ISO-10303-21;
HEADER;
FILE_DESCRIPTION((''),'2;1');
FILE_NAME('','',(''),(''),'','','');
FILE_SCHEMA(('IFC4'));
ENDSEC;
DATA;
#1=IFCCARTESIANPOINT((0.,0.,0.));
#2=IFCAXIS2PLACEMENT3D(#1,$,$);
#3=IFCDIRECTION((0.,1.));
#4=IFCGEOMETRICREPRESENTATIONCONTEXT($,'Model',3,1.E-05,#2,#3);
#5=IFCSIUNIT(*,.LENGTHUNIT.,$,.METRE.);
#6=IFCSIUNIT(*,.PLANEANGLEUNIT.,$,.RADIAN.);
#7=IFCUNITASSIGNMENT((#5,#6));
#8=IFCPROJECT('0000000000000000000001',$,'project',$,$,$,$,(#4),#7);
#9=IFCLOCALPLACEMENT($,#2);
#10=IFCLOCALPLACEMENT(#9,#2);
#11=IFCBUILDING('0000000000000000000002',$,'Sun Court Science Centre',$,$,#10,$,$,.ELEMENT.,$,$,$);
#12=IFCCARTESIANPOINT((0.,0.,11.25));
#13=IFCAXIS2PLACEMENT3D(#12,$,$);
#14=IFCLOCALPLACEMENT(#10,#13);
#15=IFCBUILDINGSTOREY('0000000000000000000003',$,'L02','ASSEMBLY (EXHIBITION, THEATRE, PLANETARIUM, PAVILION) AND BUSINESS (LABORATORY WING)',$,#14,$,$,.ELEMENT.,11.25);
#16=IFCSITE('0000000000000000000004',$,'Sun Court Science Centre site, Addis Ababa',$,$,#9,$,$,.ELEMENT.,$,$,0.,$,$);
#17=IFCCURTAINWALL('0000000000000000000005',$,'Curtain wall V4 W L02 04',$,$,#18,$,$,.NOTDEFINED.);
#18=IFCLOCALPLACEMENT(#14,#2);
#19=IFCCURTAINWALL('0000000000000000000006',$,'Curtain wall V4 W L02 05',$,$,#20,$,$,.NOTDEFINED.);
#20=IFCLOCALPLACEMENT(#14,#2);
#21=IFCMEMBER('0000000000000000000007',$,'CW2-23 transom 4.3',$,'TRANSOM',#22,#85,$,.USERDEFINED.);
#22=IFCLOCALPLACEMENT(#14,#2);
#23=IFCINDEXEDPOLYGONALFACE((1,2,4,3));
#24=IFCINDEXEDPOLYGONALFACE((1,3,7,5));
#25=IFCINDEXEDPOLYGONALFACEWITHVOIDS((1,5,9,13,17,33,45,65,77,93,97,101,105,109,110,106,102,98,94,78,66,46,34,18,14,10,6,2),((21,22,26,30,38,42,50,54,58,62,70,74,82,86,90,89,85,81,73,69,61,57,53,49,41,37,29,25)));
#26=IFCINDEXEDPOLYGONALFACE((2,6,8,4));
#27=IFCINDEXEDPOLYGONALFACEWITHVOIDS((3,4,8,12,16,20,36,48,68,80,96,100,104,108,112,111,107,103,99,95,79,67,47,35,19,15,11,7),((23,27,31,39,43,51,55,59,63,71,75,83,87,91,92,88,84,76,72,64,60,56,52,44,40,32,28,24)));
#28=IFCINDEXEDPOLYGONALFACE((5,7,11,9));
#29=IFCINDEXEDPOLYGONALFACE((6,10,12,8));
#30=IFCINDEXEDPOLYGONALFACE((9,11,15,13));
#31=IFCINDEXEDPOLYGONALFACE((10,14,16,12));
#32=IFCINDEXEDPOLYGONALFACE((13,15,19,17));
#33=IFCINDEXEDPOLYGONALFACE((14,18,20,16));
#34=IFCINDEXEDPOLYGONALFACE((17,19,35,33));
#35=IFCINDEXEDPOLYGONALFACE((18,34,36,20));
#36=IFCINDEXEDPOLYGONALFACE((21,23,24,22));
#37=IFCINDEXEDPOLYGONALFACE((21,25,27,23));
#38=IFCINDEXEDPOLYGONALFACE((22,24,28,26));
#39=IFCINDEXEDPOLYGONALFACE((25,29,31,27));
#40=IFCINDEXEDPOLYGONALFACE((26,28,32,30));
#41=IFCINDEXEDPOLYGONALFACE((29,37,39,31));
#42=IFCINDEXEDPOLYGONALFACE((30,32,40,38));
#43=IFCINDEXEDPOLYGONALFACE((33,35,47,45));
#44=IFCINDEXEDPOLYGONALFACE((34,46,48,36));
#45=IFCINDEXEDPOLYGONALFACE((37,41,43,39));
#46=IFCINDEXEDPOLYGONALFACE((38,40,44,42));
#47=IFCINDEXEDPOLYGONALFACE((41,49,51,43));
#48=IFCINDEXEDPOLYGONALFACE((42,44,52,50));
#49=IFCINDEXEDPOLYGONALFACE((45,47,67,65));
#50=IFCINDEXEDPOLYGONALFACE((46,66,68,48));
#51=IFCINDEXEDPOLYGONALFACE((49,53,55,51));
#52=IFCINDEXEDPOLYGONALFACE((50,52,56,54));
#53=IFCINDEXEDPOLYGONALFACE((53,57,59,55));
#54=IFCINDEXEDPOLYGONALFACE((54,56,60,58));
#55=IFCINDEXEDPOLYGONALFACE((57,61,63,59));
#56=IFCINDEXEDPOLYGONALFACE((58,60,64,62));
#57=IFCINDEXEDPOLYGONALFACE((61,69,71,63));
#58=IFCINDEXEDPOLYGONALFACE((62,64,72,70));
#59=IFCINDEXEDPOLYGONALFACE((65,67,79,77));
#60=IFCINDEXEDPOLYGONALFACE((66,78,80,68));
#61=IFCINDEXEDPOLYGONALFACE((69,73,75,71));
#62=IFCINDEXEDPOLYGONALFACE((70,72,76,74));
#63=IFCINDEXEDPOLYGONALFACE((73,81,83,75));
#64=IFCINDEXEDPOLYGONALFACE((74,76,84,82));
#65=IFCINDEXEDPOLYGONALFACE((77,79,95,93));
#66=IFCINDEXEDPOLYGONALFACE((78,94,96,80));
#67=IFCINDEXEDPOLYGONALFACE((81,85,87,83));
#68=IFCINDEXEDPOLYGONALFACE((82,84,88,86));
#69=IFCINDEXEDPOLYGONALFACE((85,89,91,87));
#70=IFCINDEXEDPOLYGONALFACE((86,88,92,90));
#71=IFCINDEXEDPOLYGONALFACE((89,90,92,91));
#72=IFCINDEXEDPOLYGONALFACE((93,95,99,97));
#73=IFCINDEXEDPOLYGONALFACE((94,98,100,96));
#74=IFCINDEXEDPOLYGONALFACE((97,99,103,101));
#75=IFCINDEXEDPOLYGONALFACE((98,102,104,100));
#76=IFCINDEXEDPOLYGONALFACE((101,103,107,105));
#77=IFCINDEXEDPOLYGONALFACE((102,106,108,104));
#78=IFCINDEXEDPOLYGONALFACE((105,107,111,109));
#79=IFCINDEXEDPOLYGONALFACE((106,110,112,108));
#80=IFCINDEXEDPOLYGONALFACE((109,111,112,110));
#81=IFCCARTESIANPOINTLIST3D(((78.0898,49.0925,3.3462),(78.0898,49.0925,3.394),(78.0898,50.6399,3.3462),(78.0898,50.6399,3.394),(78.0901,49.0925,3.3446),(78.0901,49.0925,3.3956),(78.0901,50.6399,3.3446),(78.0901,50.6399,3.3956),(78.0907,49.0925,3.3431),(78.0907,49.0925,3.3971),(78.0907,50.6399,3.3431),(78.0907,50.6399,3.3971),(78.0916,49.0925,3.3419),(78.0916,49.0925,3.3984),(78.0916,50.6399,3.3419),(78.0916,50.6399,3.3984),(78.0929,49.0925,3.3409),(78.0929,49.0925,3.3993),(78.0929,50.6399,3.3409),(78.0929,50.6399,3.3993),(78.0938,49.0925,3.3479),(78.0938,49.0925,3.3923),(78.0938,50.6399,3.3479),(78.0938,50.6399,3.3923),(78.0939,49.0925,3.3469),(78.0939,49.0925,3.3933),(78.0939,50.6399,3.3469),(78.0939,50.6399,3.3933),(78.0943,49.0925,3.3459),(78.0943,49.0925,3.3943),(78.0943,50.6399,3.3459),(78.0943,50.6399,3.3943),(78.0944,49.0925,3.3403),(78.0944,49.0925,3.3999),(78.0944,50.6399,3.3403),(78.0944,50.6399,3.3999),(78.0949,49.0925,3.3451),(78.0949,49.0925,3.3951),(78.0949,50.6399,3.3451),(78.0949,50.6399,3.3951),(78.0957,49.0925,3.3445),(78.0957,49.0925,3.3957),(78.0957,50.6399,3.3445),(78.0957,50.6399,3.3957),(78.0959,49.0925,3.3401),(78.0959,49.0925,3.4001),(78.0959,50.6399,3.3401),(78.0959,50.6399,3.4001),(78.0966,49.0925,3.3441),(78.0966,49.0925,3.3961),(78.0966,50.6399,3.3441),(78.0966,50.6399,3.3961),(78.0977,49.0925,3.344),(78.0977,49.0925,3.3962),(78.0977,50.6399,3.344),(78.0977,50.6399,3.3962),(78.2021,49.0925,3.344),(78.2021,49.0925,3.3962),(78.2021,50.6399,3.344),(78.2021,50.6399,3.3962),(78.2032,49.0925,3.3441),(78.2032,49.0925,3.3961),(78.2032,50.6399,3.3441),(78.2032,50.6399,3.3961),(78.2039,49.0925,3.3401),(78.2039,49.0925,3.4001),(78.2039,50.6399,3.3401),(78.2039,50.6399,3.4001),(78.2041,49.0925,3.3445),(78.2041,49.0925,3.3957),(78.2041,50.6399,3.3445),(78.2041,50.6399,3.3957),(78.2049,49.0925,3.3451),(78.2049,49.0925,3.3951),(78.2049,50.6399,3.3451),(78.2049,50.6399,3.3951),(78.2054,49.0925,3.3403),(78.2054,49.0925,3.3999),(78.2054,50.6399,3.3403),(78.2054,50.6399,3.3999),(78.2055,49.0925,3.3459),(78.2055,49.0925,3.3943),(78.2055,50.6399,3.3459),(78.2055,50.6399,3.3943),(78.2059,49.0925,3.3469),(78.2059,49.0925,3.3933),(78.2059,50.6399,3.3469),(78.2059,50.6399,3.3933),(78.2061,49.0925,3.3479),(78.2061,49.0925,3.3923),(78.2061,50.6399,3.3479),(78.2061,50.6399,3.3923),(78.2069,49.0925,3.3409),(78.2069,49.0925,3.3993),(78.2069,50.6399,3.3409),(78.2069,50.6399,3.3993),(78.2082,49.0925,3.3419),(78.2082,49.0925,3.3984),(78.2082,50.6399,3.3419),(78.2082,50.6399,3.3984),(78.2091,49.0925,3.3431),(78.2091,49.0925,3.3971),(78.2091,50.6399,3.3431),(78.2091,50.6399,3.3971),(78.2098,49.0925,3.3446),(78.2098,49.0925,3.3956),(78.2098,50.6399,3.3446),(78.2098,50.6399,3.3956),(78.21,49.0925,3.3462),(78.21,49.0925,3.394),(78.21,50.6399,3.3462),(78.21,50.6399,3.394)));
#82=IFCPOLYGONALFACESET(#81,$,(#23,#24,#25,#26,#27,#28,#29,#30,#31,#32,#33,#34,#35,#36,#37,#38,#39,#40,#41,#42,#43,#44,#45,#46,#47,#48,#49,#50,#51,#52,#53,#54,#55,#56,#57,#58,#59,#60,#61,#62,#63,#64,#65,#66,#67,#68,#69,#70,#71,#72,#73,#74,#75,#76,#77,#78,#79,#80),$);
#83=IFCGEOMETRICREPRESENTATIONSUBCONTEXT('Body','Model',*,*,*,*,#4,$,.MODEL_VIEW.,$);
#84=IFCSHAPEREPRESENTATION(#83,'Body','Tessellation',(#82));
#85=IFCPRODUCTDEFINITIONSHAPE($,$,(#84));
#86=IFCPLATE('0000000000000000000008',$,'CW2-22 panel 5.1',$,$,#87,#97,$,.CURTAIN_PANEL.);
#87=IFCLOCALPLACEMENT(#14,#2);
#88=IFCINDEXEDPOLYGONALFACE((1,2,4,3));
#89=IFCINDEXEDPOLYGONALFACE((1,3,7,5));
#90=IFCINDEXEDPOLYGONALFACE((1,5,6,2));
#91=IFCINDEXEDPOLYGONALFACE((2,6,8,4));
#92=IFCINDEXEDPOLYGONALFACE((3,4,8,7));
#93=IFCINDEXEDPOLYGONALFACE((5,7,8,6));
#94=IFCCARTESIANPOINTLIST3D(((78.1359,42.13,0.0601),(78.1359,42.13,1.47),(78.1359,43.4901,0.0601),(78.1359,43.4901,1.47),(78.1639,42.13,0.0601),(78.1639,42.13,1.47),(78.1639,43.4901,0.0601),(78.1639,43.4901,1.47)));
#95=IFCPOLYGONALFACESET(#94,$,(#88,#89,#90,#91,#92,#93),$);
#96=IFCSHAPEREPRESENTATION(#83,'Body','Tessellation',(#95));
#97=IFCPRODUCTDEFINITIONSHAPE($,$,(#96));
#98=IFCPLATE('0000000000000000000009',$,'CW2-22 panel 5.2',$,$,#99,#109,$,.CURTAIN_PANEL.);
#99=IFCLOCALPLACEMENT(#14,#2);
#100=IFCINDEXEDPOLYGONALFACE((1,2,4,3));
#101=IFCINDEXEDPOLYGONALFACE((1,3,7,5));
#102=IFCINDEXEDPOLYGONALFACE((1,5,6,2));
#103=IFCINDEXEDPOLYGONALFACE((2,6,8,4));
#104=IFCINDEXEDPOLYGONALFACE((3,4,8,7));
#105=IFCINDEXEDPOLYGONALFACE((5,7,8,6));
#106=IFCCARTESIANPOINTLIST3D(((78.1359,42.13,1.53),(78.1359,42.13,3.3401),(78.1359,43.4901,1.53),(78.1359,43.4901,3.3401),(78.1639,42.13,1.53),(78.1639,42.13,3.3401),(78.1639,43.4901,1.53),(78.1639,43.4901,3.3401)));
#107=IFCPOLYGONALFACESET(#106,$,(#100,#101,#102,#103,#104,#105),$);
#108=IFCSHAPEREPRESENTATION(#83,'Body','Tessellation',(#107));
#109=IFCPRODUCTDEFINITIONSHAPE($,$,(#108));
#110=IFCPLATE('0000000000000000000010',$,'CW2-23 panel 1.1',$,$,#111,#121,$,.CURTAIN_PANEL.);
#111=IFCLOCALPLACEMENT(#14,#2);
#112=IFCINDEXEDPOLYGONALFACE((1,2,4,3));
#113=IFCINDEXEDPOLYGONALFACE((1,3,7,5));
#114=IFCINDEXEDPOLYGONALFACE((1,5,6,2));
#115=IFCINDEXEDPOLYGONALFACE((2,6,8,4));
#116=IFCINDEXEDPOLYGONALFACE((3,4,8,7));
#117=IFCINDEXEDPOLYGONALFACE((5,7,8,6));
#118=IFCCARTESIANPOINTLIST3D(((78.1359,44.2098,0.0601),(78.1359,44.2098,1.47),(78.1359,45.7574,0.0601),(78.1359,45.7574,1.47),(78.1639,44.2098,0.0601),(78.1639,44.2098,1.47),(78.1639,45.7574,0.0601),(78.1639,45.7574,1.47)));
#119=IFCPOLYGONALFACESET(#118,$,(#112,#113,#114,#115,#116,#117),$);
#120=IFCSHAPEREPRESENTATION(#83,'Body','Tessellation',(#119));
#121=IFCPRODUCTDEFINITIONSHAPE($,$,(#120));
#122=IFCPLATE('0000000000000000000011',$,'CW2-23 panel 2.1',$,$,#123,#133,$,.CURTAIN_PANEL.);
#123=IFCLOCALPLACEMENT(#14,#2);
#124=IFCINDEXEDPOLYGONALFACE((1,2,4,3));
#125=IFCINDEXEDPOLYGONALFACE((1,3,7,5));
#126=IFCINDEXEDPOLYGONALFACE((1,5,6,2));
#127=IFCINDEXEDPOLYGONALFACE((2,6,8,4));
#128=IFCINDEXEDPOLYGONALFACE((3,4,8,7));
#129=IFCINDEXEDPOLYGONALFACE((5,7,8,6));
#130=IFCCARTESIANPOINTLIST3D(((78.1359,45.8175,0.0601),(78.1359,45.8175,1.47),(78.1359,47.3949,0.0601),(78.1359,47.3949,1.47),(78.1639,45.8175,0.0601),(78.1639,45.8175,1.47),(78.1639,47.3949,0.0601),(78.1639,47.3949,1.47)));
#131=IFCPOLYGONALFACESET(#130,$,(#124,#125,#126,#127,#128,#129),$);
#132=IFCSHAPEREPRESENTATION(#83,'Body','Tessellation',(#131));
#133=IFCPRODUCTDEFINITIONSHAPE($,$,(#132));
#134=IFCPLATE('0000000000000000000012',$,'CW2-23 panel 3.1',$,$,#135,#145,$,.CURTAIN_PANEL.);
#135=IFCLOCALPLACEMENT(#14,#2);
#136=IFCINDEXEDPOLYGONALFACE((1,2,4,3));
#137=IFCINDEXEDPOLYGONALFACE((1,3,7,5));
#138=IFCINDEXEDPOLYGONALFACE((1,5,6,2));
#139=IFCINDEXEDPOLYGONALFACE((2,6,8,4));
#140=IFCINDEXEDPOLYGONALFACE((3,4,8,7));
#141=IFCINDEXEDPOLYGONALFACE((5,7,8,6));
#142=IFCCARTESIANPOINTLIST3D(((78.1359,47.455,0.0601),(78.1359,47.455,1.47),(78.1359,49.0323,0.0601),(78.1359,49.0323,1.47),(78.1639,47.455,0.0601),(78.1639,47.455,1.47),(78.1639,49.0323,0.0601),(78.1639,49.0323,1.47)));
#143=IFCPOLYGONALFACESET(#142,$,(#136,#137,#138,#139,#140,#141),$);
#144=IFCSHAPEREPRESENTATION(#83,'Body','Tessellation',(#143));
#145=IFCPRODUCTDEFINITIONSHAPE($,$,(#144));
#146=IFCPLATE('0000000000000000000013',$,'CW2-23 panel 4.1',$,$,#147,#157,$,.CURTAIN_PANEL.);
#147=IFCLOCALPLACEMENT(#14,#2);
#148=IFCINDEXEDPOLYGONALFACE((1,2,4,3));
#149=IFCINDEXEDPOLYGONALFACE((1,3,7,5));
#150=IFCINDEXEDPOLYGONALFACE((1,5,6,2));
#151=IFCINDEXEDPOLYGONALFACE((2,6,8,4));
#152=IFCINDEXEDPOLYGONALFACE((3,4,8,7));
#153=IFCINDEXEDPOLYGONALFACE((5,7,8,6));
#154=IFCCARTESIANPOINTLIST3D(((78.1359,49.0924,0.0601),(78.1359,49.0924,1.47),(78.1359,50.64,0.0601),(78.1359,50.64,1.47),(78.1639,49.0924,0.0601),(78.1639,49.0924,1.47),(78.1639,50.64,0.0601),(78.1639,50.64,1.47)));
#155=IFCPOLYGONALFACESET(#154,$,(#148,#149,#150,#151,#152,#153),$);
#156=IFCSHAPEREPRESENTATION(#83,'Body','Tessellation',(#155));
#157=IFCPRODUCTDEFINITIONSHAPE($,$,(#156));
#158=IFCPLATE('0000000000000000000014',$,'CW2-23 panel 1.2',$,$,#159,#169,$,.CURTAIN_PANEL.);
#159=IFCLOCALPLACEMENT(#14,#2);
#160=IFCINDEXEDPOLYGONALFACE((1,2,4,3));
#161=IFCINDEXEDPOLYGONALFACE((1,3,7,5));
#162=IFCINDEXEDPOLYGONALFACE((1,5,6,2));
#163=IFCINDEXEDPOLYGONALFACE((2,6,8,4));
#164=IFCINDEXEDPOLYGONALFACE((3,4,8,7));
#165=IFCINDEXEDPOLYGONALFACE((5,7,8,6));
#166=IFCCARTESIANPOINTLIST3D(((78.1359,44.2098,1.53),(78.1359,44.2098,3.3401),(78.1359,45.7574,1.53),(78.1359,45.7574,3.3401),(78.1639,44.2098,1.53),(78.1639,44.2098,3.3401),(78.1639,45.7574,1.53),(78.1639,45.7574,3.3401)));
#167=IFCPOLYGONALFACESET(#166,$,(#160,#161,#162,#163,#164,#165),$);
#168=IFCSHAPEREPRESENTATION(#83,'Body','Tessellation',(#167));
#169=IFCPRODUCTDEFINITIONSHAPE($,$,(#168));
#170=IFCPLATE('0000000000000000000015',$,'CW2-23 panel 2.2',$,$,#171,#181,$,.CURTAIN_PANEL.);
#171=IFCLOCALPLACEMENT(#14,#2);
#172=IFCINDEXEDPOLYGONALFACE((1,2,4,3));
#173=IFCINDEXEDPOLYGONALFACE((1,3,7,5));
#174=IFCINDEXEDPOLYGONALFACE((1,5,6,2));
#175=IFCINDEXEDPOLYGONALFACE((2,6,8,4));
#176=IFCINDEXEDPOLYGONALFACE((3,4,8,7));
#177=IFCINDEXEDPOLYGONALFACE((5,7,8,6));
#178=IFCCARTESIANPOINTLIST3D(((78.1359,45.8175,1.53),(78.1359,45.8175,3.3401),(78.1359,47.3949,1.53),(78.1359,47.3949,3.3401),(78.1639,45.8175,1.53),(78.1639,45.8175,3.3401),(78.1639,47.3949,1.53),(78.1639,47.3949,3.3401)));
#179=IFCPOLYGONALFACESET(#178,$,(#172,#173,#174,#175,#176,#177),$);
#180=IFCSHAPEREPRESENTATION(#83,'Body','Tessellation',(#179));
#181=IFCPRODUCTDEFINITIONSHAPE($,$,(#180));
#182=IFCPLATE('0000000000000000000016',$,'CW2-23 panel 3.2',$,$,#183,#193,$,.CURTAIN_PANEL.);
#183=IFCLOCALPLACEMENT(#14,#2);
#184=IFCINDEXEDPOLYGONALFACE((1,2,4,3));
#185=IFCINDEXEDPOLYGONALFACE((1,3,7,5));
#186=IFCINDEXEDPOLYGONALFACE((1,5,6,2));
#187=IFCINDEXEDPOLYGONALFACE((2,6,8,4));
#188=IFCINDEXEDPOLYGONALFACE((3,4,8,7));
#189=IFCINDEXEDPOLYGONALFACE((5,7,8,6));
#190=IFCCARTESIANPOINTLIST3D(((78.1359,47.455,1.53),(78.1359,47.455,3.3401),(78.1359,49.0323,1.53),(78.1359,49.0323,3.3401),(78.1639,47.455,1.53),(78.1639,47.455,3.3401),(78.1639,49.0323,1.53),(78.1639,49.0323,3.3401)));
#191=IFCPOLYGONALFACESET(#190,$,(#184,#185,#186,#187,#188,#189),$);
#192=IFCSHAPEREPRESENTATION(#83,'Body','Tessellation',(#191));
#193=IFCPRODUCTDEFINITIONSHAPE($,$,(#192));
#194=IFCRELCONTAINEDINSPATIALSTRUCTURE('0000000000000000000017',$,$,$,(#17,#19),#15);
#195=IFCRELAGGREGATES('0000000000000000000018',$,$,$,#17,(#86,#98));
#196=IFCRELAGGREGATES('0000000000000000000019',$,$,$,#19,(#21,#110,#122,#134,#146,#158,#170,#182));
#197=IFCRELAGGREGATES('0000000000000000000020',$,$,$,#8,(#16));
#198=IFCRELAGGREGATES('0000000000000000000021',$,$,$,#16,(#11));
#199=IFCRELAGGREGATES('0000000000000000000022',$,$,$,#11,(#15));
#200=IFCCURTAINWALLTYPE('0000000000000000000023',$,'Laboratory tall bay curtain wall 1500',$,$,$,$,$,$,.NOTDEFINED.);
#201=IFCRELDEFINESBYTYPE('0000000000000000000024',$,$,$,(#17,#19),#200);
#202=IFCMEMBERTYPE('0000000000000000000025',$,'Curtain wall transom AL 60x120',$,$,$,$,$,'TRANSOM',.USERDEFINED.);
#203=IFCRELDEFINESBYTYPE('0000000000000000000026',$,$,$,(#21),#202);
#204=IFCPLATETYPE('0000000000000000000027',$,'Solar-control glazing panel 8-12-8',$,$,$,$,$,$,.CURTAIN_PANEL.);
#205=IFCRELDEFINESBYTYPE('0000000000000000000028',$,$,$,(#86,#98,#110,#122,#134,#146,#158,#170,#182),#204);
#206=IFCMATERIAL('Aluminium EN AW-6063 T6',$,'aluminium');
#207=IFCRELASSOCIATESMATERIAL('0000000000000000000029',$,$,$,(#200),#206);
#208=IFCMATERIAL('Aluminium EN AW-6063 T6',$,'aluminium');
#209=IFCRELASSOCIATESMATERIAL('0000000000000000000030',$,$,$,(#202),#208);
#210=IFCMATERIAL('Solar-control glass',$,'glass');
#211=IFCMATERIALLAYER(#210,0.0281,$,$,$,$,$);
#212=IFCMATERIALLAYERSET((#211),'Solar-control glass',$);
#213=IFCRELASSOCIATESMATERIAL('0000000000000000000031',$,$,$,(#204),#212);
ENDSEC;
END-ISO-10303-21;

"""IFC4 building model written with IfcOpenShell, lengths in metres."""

from ifc_helpers import new_model, si_unit, direction, frame, origin, origin_2d, place, context, subcontext, project, spatial, rectangle, hollow_rectangle, extrude, material, layer, layer_set, material_profile, profile_set, type_object, element, aggregate, save


model = new_model("IFC4")

# Units and contexts
model_context = context("Model", 3, precision=1e-05, world=origin(), true_north=direction((0.0, 1.0)))
body_context = subcontext(model_context, "Body", "Model", "MODEL_VIEW")
ifc_project = project(units=[si_unit("LENGTHUNIT", "METRE"), si_unit("PLANEANGLEUNIT", "RADIAN")], contexts=[model_context])

# Site, building, storey
site_placement = place(None, origin())
site = spatial("IfcSite", under=ifc_project, at=site_placement, Name="Sun Court Science Centre site, Addis Ababa", CompositionType="ELEMENT", RefElevation=0.0)
building_placement = place(site_placement, origin())
building = spatial("IfcBuilding", under=site, at=building_placement, Name="Sun Court Science Centre", CompositionType="ELEMENT")
storey_placement = place(building_placement, frame((0.0, 0.0, 11.25)))
storey = spatial("IfcBuildingStorey", under=building, at=storey_placement, Name="L02", Description="ASSEMBLY (EXHIBITION, THEATRE, PLANETARIUM, PAVILION) AND BUSINESS (LABORATORY WING)", CompositionType="ELEMENT", Elevation=11.25)

# Curtain wall
ifc_material_1 = material(Name="Aluminium EN AW-6063 T6", Category="aluminium")
curtain_wall_type = type_object("IfcCurtainWallType", Name="Laboratory tall bay curtain wall 1500", PredefinedType="NOTDEFINED", material=ifc_material_1)
curtain_wall_1_placement = place(storey_placement, origin())
curtain_wall_1 = element("IfcCurtainWall", 1, at=curtain_wall_1_placement, inside=storey, type_object=curtain_wall_type, Name="Curtain wall V4 W L02 04", PredefinedType="NOTDEFINED")

# Curtain wall, member
curtain_wall_2_placement = place(storey_placement, origin())
curtain_wall_2 = element("IfcCurtainWall", 2, at=curtain_wall_2_placement, inside=storey, type_object=curtain_wall_type, Name="Curtain wall V4 W L02 05", PredefinedType="NOTDEFINED")
ifc_material_2 = material(Name="Aluminium EN AW-6063 T6", Category="aluminium")
ifc_material_profile_1 = material_profile(ifc_material_2, hollow_rectangle(XDim=0.0601, YDim=0.1201, WallThickness=0.0039, InnerFilletRadius=0.0039, OuterFilletRadius=0.0061, at=origin_2d()), Name="AL 60x120x4")
ifc_profile_set_1 = profile_set([ifc_material_profile_1], Name="Aluminium EN AW-6063 T6")
member_type_1 = type_object("IfcMemberType", Name="Curtain wall transom AL 60x120", ElementType="TRANSOM", PredefinedType="USERDEFINED", material=ifc_profile_set_1)
member_1_placement = place(storey_placement, frame((78.1499, 49.0925, 3.3701), z_axis=(0.0, 1.0, 0.0), x_axis=(0.0, 0.0, 1.0)))
member_1 = element("IfcMember", 3, at=member_1_placement, type_object=member_type_1, Name="CW2-23 transom 4.3", ObjectType="TRANSOM", PredefinedType="USERDEFINED", context=body_context, shape_type="SweptSolid", body=[
    extrude(hollow_rectangle(XDim=0.0601, YDim=0.1201, WallThickness=0.0039, InnerFilletRadius=0.0039, OuterFilletRadius=0.0061, at=origin_2d()), origin(), (0.0, 0.0, 1.0), 1.5474),
])

# Plates
ifc_material_3 = material(Name="Solar-control glass", Category="glass")
ifc_layer_1 = layer(ifc_material_3, 0.0281)
ifc_layer_set_1 = layer_set([ifc_layer_1], Name="Solar-control glass")
plate_type = type_object("IfcPlateType", Name="Solar-control glazing panel 8-12-8", PredefinedType="CURTAIN_PANEL", material=ifc_layer_set_1)
plate_1_placement = place(storey_placement, frame((78.1499, 42.8101, 0.0601), z_axis=(0.0, 0.0, 1.0), x_axis=(0.0, 1.0, 0.0)))
plate_1 = element("IfcPlate", 4, at=plate_1_placement, type_object=plate_type, Name="CW2-22 panel 5.1", PredefinedType="CURTAIN_PANEL", context=body_context, shape_type="SweptSolid", body=[
    extrude(rectangle(XDim=1.3601, YDim=0.0281, at=origin_2d()), origin(), (0.0, 0.0, 1.0), 1.4099),
])
plate_2_placement = place(storey_placement, frame((78.1499, 42.8101, 1.53), z_axis=(0.0, 0.0, 1.0), x_axis=(0.0, 1.0, 0.0)))
plate_2 = element("IfcPlate", 5, at=plate_2_placement, type_object=plate_type, Name="CW2-22 panel 5.2", PredefinedType="CURTAIN_PANEL", context=body_context, shape_type="SweptSolid", body=[
    extrude(rectangle(XDim=1.3601, YDim=0.0281, at=origin_2d()), origin(), (0.0, 0.0, 1.0), 1.8101),
])
aggregate(curtain_wall_1, [plate_1, plate_2])
plate_3_placement = place(storey_placement, frame((78.1499, 44.9836, 0.0601), z_axis=(0.0, 0.0, 1.0), x_axis=(0.0, 1.0, 0.0)))
plate_3 = element("IfcPlate", 6, at=plate_3_placement, type_object=plate_type, Name="CW2-23 panel 1.1", PredefinedType="CURTAIN_PANEL", context=body_context, shape_type="SweptSolid", body=[
    extrude(rectangle(XDim=1.5476, YDim=0.0281, at=origin_2d()), origin(), (0.0, 0.0, 1.0), 1.4099),
])
plate_4_placement = place(storey_placement, frame((78.1499, 46.6062, 0.0601), z_axis=(0.0, 0.0, 1.0), x_axis=(0.0, 1.0, 0.0)))
plate_4 = element("IfcPlate", 7, at=plate_4_placement, type_object=plate_type, Name="CW2-23 panel 2.1", PredefinedType="CURTAIN_PANEL", context=body_context, shape_type="SweptSolid", body=[
    extrude(rectangle(XDim=1.5774, YDim=0.0281, at=origin_2d()), origin(), (0.0, 0.0, 1.0), 1.4099),
])
plate_5_placement = place(storey_placement, frame((78.1499, 48.2437, 0.0601), z_axis=(0.0, 0.0, 1.0), x_axis=(0.0, 1.0, 0.0)))
plate_5 = element("IfcPlate", 8, at=plate_5_placement, type_object=plate_type, Name="CW2-23 panel 3.1", PredefinedType="CURTAIN_PANEL", context=body_context, shape_type="SweptSolid", body=[
    extrude(rectangle(XDim=1.5774, YDim=0.0281, at=origin_2d()), origin(), (0.0, 0.0, 1.0), 1.4099),
])
plate_6_placement = place(storey_placement, frame((78.1499, 49.8662, 0.0601), z_axis=(0.0, 0.0, 1.0), x_axis=(0.0, 1.0, 0.0)))
plate_6 = element("IfcPlate", 9, at=plate_6_placement, type_object=plate_type, Name="CW2-23 panel 4.1", PredefinedType="CURTAIN_PANEL", context=body_context, shape_type="SweptSolid", body=[
    extrude(rectangle(XDim=1.5476, YDim=0.0281, at=origin_2d()), origin(), (0.0, 0.0, 1.0), 1.4099),
])
plate_7_placement = place(storey_placement, frame((78.1499, 44.9836, 1.53), z_axis=(0.0, 0.0, 1.0), x_axis=(0.0, 1.0, 0.0)))
plate_7 = element("IfcPlate", 10, at=plate_7_placement, type_object=plate_type, Name="CW2-23 panel 1.2", PredefinedType="CURTAIN_PANEL", context=body_context, shape_type="SweptSolid", body=[
    extrude(rectangle(XDim=1.5476, YDim=0.0281, at=origin_2d()), origin(), (0.0, 0.0, 1.0), 1.8101),
])
plate_8_placement = place(storey_placement, frame((78.1499, 46.6062, 1.53), z_axis=(0.0, 0.0, 1.0), x_axis=(0.0, 1.0, 0.0)))
plate_8 = element("IfcPlate", 11, at=plate_8_placement, type_object=plate_type, Name="CW2-23 panel 2.2", PredefinedType="CURTAIN_PANEL", context=body_context, shape_type="SweptSolid", body=[
    extrude(rectangle(XDim=1.5774, YDim=0.0281, at=origin_2d()), origin(), (0.0, 0.0, 1.0), 1.8101),
])
plate_9_placement = place(storey_placement, frame((78.1499, 48.2437, 1.53), z_axis=(0.0, 0.0, 1.0), x_axis=(0.0, 1.0, 0.0)))
plate_9 = element("IfcPlate", 12, at=plate_9_placement, type_object=plate_type, Name="CW2-23 panel 3.2", PredefinedType="CURTAIN_PANEL", context=body_context, shape_type="SweptSolid", body=[
    extrude(rectangle(XDim=1.5774, YDim=0.0281, at=origin_2d()), origin(), (0.0, 0.0, 1.0), 1.8101),
])
aggregate(curtain_wall_2, [member_1, plate_3, plate_4, plate_5, plate_6, plate_7, plate_8, plate_9])

save(model, "model.ifc")
